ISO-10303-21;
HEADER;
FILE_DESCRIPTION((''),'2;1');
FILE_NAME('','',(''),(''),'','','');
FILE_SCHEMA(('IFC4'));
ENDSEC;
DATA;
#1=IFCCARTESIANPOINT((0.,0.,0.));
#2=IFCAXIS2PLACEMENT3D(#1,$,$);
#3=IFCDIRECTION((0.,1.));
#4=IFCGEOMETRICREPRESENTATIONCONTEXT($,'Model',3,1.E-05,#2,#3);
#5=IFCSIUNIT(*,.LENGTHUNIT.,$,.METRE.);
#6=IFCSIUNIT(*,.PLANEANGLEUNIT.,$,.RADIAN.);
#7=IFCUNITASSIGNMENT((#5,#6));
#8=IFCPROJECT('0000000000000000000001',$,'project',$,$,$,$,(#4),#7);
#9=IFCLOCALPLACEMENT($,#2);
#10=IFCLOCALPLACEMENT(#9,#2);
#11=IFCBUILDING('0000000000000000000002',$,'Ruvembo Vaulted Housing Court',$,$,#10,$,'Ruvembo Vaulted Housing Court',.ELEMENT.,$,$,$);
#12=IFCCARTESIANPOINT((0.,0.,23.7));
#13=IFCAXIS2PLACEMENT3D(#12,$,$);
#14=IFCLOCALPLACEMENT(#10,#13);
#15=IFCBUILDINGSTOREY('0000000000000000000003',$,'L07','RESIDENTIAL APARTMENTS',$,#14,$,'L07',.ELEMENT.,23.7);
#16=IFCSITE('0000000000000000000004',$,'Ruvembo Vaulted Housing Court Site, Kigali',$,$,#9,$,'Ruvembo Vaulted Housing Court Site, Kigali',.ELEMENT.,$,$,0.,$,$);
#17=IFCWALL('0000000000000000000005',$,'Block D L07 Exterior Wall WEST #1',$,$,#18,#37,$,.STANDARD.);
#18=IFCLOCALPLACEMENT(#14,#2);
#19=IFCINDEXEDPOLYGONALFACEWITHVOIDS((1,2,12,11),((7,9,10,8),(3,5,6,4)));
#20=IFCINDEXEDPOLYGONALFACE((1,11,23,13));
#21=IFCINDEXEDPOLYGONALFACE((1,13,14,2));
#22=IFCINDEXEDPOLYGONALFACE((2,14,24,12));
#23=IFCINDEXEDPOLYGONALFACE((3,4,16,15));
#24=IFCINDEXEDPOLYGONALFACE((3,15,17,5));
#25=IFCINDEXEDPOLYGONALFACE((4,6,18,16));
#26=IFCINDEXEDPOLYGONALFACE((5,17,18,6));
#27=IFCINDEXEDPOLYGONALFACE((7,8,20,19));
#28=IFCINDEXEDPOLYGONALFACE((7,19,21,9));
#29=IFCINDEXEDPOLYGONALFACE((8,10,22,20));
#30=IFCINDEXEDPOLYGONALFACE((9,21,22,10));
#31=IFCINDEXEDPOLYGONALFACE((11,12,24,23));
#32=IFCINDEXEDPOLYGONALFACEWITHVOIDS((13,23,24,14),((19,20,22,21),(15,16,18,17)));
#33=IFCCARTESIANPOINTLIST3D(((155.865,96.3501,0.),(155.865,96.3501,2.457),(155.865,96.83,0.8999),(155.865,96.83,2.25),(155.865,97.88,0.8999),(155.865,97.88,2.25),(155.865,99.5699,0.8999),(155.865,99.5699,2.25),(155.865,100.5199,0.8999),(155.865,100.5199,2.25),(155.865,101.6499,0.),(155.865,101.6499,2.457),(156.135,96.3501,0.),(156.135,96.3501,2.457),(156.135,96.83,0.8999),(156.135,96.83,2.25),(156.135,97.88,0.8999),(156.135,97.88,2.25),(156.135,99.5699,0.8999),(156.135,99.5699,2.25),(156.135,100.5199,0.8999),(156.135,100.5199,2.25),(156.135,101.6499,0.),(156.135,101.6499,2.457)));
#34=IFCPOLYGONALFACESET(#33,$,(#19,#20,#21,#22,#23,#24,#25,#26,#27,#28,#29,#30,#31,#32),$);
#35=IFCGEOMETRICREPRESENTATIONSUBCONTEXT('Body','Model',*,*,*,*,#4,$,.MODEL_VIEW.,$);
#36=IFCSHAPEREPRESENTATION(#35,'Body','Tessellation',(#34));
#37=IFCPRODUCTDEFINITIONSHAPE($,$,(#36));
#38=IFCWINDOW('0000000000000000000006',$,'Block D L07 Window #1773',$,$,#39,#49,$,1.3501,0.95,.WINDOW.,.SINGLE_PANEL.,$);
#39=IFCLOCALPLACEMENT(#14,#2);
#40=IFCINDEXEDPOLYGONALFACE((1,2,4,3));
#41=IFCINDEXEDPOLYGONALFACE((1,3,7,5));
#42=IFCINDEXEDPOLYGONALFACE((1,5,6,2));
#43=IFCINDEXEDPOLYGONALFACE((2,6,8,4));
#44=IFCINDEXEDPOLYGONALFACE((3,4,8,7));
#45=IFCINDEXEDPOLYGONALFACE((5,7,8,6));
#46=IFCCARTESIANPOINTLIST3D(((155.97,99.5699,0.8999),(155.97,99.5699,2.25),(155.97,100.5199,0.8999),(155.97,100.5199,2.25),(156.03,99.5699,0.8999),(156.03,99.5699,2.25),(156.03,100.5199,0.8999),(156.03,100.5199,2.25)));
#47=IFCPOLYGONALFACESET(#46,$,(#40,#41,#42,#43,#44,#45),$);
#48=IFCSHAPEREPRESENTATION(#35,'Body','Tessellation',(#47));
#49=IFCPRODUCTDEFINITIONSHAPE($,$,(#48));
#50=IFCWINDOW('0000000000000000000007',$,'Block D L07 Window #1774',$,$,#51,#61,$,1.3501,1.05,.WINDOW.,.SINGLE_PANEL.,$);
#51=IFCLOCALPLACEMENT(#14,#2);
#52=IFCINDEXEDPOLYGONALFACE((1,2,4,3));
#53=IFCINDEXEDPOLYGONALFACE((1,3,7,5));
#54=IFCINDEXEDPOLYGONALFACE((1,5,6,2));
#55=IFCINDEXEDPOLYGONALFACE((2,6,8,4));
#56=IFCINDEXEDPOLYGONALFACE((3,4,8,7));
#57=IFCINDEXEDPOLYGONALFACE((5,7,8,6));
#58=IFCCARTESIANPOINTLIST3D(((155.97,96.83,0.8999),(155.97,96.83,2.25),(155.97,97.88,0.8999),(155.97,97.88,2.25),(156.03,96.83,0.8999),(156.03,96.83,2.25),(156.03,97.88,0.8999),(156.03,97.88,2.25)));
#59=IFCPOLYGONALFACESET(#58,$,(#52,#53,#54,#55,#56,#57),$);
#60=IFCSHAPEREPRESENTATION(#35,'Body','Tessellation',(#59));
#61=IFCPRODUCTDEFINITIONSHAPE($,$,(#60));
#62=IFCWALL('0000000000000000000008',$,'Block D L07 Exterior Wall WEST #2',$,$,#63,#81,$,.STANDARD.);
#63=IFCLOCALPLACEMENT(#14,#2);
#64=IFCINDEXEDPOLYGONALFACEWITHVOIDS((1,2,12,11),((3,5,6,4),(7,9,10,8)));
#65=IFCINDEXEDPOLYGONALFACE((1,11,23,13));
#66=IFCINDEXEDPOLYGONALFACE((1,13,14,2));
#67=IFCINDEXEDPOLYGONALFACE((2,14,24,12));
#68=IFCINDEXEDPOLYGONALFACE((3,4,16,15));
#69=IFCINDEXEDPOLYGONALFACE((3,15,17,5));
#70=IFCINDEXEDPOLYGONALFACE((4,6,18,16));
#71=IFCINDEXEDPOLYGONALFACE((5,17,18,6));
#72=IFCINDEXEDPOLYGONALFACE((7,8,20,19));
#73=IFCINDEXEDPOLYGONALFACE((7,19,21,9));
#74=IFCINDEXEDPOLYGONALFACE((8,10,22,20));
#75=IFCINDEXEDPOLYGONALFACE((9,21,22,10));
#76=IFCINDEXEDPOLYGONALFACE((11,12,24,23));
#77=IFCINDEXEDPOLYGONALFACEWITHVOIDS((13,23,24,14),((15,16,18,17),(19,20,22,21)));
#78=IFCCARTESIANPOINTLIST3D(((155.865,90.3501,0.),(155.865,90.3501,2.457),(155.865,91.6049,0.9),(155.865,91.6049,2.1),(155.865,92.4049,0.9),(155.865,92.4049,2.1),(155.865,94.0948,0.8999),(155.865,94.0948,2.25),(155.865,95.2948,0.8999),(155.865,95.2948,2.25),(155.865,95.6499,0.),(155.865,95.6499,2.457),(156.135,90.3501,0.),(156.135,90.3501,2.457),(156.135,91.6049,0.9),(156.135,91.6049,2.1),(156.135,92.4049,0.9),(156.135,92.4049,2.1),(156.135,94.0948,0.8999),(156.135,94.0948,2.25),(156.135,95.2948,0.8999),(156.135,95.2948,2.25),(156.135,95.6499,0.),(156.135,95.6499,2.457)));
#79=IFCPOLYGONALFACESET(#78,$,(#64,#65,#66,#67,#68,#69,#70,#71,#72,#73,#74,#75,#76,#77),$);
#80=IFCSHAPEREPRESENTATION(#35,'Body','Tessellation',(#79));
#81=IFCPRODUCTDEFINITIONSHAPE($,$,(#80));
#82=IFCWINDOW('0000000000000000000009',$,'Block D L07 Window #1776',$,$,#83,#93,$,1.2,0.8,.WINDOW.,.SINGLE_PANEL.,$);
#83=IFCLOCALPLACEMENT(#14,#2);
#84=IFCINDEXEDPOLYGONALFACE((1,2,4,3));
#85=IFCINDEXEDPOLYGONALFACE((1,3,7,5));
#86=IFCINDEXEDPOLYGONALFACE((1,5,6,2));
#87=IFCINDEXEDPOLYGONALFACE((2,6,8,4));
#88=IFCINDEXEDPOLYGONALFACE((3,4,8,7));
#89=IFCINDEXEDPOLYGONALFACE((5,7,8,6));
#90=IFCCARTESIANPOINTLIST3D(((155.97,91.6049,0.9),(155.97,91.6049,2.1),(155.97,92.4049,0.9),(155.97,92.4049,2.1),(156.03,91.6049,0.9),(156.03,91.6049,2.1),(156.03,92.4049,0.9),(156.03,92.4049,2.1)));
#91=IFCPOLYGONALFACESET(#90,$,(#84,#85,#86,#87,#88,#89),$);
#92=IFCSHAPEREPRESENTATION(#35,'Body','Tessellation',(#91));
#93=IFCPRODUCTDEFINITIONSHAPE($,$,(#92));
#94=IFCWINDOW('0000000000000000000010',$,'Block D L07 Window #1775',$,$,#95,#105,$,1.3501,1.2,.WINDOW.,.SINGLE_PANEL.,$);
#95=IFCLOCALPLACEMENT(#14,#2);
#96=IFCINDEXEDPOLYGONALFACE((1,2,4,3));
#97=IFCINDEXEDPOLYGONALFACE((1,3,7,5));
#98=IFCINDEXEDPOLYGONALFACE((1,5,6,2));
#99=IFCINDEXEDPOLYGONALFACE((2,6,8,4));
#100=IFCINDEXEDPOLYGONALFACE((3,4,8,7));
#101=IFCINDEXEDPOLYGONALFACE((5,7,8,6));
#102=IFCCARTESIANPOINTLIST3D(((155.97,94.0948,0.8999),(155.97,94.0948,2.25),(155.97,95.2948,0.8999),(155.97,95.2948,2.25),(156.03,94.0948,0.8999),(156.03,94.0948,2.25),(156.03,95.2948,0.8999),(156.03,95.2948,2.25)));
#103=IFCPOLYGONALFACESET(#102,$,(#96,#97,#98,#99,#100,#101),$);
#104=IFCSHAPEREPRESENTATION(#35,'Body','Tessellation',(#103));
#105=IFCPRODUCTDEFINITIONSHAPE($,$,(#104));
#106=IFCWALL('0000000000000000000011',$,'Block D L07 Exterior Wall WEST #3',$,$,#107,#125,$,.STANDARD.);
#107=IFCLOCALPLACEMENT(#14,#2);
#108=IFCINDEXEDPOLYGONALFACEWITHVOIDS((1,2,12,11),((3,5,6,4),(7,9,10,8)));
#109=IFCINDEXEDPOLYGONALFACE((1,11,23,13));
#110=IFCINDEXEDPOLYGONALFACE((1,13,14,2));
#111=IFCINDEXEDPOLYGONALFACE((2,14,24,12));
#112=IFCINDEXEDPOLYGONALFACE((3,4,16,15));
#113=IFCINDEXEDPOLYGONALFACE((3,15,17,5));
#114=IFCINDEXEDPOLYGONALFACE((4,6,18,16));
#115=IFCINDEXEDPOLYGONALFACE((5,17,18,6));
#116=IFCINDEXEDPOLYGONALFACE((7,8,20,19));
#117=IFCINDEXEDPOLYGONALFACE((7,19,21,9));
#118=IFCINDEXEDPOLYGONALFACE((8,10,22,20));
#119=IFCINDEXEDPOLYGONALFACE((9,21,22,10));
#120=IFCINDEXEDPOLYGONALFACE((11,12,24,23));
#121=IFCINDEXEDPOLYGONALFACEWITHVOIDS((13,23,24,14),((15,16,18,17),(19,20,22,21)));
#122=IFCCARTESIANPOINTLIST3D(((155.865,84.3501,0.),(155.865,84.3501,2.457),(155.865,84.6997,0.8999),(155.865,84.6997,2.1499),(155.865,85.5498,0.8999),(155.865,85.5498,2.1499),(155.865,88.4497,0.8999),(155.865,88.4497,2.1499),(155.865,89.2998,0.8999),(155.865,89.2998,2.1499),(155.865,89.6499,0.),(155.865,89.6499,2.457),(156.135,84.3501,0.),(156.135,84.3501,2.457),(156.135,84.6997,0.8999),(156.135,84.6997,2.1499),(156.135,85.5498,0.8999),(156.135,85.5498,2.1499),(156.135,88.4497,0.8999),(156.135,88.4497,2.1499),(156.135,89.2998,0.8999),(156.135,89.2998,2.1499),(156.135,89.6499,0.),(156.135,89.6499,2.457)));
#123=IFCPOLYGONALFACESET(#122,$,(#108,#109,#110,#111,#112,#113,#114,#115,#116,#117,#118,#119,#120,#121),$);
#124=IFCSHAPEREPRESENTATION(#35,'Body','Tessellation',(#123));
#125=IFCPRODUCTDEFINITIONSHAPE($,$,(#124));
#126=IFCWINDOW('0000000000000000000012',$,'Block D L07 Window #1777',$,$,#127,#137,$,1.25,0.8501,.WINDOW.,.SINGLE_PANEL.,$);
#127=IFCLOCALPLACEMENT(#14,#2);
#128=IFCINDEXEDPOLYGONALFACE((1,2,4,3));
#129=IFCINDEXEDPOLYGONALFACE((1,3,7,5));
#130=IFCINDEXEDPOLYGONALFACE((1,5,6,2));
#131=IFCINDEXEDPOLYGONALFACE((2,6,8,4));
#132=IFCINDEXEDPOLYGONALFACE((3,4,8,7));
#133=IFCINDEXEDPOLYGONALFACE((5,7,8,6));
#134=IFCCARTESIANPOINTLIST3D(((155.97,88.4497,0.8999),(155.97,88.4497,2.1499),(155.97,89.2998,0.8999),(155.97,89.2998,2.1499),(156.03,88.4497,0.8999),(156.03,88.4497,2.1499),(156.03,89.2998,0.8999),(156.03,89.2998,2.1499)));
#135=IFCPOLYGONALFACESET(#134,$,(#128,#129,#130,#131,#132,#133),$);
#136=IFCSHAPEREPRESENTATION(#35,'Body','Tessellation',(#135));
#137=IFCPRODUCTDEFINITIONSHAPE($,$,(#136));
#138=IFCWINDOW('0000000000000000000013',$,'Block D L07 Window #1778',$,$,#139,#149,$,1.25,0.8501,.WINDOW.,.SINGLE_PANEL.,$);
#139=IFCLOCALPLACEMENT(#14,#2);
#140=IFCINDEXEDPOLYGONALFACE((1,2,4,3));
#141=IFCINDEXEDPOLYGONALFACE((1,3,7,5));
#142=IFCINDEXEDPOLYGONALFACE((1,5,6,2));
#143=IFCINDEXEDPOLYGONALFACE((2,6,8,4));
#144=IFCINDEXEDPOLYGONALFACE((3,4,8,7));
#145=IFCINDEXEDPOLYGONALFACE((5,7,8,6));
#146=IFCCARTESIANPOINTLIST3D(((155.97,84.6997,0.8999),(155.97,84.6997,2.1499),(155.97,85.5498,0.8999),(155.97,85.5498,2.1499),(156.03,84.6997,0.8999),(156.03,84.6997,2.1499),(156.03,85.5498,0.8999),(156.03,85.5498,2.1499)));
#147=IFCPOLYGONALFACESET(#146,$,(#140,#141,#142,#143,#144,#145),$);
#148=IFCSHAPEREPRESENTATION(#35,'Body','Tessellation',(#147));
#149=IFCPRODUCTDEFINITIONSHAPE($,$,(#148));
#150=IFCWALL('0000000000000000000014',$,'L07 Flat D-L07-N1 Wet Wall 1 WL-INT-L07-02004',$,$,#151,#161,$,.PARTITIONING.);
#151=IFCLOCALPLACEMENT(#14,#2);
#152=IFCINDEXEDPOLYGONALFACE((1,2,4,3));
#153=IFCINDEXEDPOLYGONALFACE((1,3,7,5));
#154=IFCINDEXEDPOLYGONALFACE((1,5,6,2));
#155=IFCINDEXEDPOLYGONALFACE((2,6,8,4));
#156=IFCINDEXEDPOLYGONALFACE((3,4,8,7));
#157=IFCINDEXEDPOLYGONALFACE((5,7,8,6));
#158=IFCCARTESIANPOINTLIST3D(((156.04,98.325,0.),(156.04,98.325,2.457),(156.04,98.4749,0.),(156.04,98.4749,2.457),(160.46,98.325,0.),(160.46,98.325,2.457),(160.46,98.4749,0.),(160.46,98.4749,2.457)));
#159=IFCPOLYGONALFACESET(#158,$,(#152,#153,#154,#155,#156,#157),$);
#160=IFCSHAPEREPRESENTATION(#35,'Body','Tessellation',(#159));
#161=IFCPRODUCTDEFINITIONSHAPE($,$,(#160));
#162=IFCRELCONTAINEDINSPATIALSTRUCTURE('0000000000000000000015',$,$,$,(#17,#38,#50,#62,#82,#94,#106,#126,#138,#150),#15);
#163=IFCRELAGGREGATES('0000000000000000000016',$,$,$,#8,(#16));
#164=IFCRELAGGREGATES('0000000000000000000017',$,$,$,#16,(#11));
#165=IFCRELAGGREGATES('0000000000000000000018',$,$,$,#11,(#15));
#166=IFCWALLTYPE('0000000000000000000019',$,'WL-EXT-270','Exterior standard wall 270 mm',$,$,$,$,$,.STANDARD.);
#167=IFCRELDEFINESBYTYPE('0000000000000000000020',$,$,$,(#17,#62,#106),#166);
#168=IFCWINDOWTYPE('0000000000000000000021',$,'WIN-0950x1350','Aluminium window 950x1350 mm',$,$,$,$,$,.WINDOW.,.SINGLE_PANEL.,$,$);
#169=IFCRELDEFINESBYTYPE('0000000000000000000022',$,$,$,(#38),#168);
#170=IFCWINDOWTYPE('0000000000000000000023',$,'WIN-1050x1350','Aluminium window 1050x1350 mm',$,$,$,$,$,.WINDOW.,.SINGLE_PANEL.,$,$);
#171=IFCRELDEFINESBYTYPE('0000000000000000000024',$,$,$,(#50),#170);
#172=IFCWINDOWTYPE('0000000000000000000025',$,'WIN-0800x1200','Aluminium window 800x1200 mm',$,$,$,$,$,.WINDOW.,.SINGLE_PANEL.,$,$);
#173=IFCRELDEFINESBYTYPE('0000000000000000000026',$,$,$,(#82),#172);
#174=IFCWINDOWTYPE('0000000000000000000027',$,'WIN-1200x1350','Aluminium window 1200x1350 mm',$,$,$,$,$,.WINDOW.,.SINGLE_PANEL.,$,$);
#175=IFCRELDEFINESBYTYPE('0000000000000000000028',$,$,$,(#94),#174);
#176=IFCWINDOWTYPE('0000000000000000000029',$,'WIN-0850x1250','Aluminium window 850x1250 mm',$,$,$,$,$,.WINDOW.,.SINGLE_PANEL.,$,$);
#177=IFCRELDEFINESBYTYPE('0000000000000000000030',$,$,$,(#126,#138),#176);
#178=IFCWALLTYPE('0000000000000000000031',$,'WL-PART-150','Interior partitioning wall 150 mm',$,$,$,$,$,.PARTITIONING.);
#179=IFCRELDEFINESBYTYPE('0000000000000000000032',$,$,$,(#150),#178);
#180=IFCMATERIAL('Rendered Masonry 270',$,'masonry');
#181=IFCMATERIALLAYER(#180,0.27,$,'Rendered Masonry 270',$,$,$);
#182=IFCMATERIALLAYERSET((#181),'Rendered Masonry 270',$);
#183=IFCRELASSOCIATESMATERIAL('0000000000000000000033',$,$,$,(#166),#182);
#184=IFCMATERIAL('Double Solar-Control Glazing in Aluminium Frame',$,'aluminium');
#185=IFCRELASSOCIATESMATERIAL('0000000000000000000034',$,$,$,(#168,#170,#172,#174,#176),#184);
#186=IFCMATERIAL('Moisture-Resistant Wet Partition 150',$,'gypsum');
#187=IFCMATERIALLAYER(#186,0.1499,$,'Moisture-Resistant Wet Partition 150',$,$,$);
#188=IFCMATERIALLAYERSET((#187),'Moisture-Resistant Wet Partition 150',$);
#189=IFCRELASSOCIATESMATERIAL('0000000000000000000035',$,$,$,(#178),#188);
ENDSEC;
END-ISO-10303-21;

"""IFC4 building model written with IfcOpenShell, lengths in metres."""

from ifc_helpers import new_model, si_unit, direction, frame, frame_2d, origin, place, context, subcontext, project, spatial, rectangle, extrude, material, layer, layer_set, type_object, element, fill, save


model = new_model("IFC4")

# Units and contexts
model_context = context("Model", 3, precision=1e-05, world=origin(), true_north=direction((0.0, 1.0)))
body_context = subcontext(model_context, "Body", "Model", "MODEL_VIEW")
ifc_project = project(units=[si_unit("LENGTHUNIT", "METRE"), si_unit("PLANEANGLEUNIT", "RADIAN")], contexts=[model_context])

# Site, building, storey
site_placement = place(None, origin())
site = spatial("IfcSite", under=ifc_project, at=site_placement, Name="Ruvembo Vaulted Housing Court Site, Kigali", LongName="Ruvembo Vaulted Housing Court Site, Kigali", CompositionType="ELEMENT", RefElevation=0.0)
building_placement = place(site_placement, origin())
building = spatial("IfcBuilding", under=site, at=building_placement, Name="Ruvembo Vaulted Housing Court", LongName="Ruvembo Vaulted Housing Court", CompositionType="ELEMENT")
storey_placement = place(building_placement, frame((0.0, 0.0, 23.7)))
storey = spatial("IfcBuildingStorey", under=building, at=storey_placement, Name="L07", Description="RESIDENTIAL APARTMENTS", LongName="L07", CompositionType="ELEMENT", Elevation=23.7)

# Walls, openings, windows
ifc_material_1 = material(Name="Rendered Masonry 270", Category="masonry")
ifc_layer_1 = layer(ifc_material_1, 0.27, Name="Rendered Masonry 270")
ifc_layer_set_1 = layer_set([ifc_layer_1], Name="Rendered Masonry 270")
wall_type_1 = type_object("IfcWallType", Name="WL-EXT-270", Description="Exterior standard wall 270 mm", PredefinedType="STANDARD", material=ifc_layer_set_1)
wall_1_placement = place(storey_placement, frame((156.0, 101.6499, 0.0), z_axis=(0.0, 0.0, 1.0), x_axis=(0.0, -1.0, 0.0)))
wall_1 = element("IfcWall", 1, at=wall_1_placement, inside=storey, type_object=wall_type_1, Name="Block D L07 Exterior Wall WEST #1", PredefinedType="STANDARD", context=body_context, shape_type="SweptSolid", body=[
    extrude(rectangle(XDim=5.2998, YDim=0.27, at=frame_2d((2.6499, 0.0))), origin(), (0.0, 0.0, 1.0), 2.457),
])
opening_1_placement = place(wall_1_placement, frame((1.1299, 0.0, 0.8999)))
opening_1 = element("IfcOpeningElement", 2, at=opening_1_placement, cuts=wall_1, PredefinedType="OPENING", context=body_context, shape_type="SweptSolid", body=[
    extrude(rectangle(XDim=0.95, YDim=1.3501, at=frame_2d((0.4751, 0.675))), frame((0.0, 0.145, 0.0), z_axis=(0.0, -1.0, 0.0), x_axis=(1.0, 0.0, 0.0)), (0.0, 0.0, 1.0), 0.29),
])
opening_2_placement = place(wall_1_placement, frame((3.77, 0.0, 0.8999)))
opening_2 = element("IfcOpeningElement", 3, at=opening_2_placement, cuts=wall_1, PredefinedType="OPENING", context=body_context, shape_type="SweptSolid", body=[
    extrude(rectangle(XDim=1.05, YDim=1.3501, at=frame_2d((0.5249, 0.675))), frame((0.0, 0.145, 0.0), z_axis=(0.0, -1.0, 0.0), x_axis=(1.0, 0.0, 0.0)), (0.0, 0.0, 1.0), 0.29),
])
ifc_material_2 = material(Name="Double Solar-Control Glazing in Aluminium Frame", Category="aluminium")
window_type_1 = type_object("IfcWindowType", Name="WIN-0950x1350", Description="Aluminium window 950x1350 mm", PartitioningType="SINGLE_PANEL", PredefinedType="WINDOW", material=ifc_material_2)
window_1_placement = place(opening_1_placement, origin())
window_1 = element("IfcWindow", 4, at=window_1_placement, inside=storey, type_object=window_type_1, Name="Block D L07 Window #1773", OverallHeight=1.3501, OverallWidth=0.95, PartitioningType="SINGLE_PANEL", PredefinedType="WINDOW", context=body_context, shape_type="SweptSolid", body=[
    extrude(rectangle(XDim=0.95, YDim=1.3501, at=frame_2d((0.4751, 0.675))), frame((0.0, 0.03, 0.0), z_axis=(0.0, -1.0, 0.0), x_axis=(1.0, 0.0, 0.0)), (0.0, 0.0, 1.0), 0.0601),
])
fill(opening_1, window_1)
window_type_2 = type_object("IfcWindowType", Name="WIN-1050x1350", Description="Aluminium window 1050x1350 mm", PartitioningType="SINGLE_PANEL", PredefinedType="WINDOW", material=ifc_material_2)
window_2_placement = place(opening_2_placement, origin())
window_2 = element("IfcWindow", 5, at=window_2_placement, inside=storey, type_object=window_type_2, Name="Block D L07 Window #1774", OverallHeight=1.3501, OverallWidth=1.05, PartitioningType="SINGLE_PANEL", PredefinedType="WINDOW", context=body_context, shape_type="SweptSolid", body=[
    extrude(rectangle(XDim=1.05, YDim=1.3501, at=frame_2d((0.5249, 0.675))), frame((0.0, 0.03, 0.0), z_axis=(0.0, -1.0, 0.0), x_axis=(1.0, 0.0, 0.0)), (0.0, 0.0, 1.0), 0.0601),
])
fill(opening_2, window_2)
wall_2_placement = place(storey_placement, frame((156.0, 95.6499, 0.0), z_axis=(0.0, 0.0, 1.0), x_axis=(0.0, -1.0, 0.0)))
wall_2 = element("IfcWall", 6, at=wall_2_placement, inside=storey, type_object=wall_type_1, Name="Block D L07 Exterior Wall WEST #2", PredefinedType="STANDARD", context=body_context, shape_type="SweptSolid", body=[
    extrude(rectangle(XDim=5.2998, YDim=0.27, at=frame_2d((2.6499, 0.0))), origin(), (0.0, 0.0, 1.0), 2.457),
])
opening_3_placement = place(wall_2_placement, frame((0.355, 0.0, 0.8999)))
opening_3 = element("IfcOpeningElement", 7, at=opening_3_placement, cuts=wall_2, PredefinedType="OPENING", context=body_context, shape_type="SweptSolid", body=[
    extrude(rectangle(XDim=1.2, YDim=1.3501, at=frame_2d((0.6001, 0.675))), frame((0.0, 0.145, 0.0), z_axis=(0.0, -1.0, 0.0), x_axis=(1.0, 0.0, 0.0)), (0.0, 0.0, 1.0), 0.29),
])
opening_4_placement = place(wall_2_placement, frame((3.2451, 0.0, 0.8999)))
opening_4 = element("IfcOpeningElement", 8, at=opening_4_placement, cuts=wall_2, PredefinedType="OPENING", context=body_context, shape_type="SweptSolid", body=[
    extrude(rectangle(XDim=0.8, YDim=1.2, at=frame_2d((0.3999, 0.6001))), frame((0.0, 0.145, 0.0), z_axis=(0.0, -1.0, 0.0), x_axis=(1.0, 0.0, 0.0)), (0.0, 0.0, 1.0), 0.29),
])
window_type_3 = type_object("IfcWindowType", Name="WIN-0800x1200", Description="Aluminium window 800x1200 mm", PartitioningType="SINGLE_PANEL", PredefinedType="WINDOW", material=ifc_material_2)
window_3_placement = place(opening_4_placement, origin())
window_3 = element("IfcWindow", 9, at=window_3_placement, inside=storey, type_object=window_type_3, Name="Block D L07 Window #1776", OverallHeight=1.2, OverallWidth=0.8, PartitioningType="SINGLE_PANEL", PredefinedType="WINDOW", context=body_context, shape_type="SweptSolid", body=[
    extrude(rectangle(XDim=0.8, YDim=1.2, at=frame_2d((0.3999, 0.6001))), frame((0.0, 0.03, 0.0), z_axis=(0.0, -1.0, 0.0), x_axis=(1.0, 0.0, 0.0)), (0.0, 0.0, 1.0), 0.0601),
])
fill(opening_4, window_3)
window_type_4 = type_object("IfcWindowType", Name="WIN-1200x1350", Description="Aluminium window 1200x1350 mm", PartitioningType="SINGLE_PANEL", PredefinedType="WINDOW", material=ifc_material_2)
window_4_placement = place(opening_3_placement, origin())
window_4 = element("IfcWindow", 10, at=window_4_placement, inside=storey, type_object=window_type_4, Name="Block D L07 Window #1775", OverallHeight=1.3501, OverallWidth=1.2, PartitioningType="SINGLE_PANEL", PredefinedType="WINDOW", context=body_context, shape_type="SweptSolid", body=[
    extrude(rectangle(XDim=1.2, YDim=1.3501, at=frame_2d((0.6001, 0.675))), frame((0.0, 0.03, 0.0), z_axis=(0.0, -1.0, 0.0), x_axis=(1.0, 0.0, 0.0)), (0.0, 0.0, 1.0), 0.0601),
])
fill(opening_3, window_4)
wall_3_placement = place(storey_placement, frame((156.0, 89.6499, 0.0), z_axis=(0.0, 0.0, 1.0), x_axis=(0.0, -1.0, 0.0)))
wall_3 = element("IfcWall", 11, at=wall_3_placement, inside=storey, type_object=wall_type_1, Name="Block D L07 Exterior Wall WEST #3", PredefinedType="STANDARD", context=body_context, shape_type="SweptSolid", body=[
    extrude(rectangle(XDim=5.2998, YDim=0.27, at=frame_2d((2.6499, 0.0))), origin(), (0.0, 0.0, 1.0), 2.457),
])
opening_5_placement = place(wall_3_placement, frame((0.3501, 0.0, 0.8999)))
opening_5 = element("IfcOpeningElement", 12, at=opening_5_placement, cuts=wall_3, PredefinedType="OPENING", context=body_context, shape_type="SweptSolid", body=[
    extrude(rectangle(XDim=0.8501, YDim=1.25, at=frame_2d((0.425, 0.625))), frame((0.0, 0.145, 0.0), z_axis=(0.0, -1.0, 0.0), x_axis=(1.0, 0.0, 0.0)), (0.0, 0.0, 1.0), 0.29),
])
opening_6_placement = place(wall_3_placement, frame((4.1001, 0.0, 0.8999)))
opening_6 = element("IfcOpeningElement", 13, at=opening_6_placement, cuts=wall_3, PredefinedType="OPENING", context=body_context, shape_type="SweptSolid", body=[
    extrude(rectangle(XDim=0.8501, YDim=1.25, at=frame_2d((0.425, 0.625))), frame((0.0, 0.145, 0.0), z_axis=(0.0, -1.0, 0.0), x_axis=(1.0, 0.0, 0.0)), (0.0, 0.0, 1.0), 0.29),
])
window_type_5 = type_object("IfcWindowType", Name="WIN-0850x1250", Description="Aluminium window 850x1250 mm", PartitioningType="SINGLE_PANEL", PredefinedType="WINDOW", material=ifc_material_2)
window_5_placement = place(opening_5_placement, origin())
window_5 = element("IfcWindow", 14, at=window_5_placement, inside=storey, type_object=window_type_5, Name="Block D L07 Window #1777", OverallHeight=1.25, OverallWidth=0.8501, PartitioningType="SINGLE_PANEL", PredefinedType="WINDOW", context=body_context, shape_type="SweptSolid", body=[
    extrude(rectangle(XDim=0.8501, YDim=1.25, at=frame_2d((0.425, 0.625))), frame((0.0, 0.03, 0.0), z_axis=(0.0, -1.0, 0.0), x_axis=(1.0, 0.0, 0.0)), (0.0, 0.0, 1.0), 0.0601),
])
fill(opening_5, window_5)
window_6_placement = place(opening_6_placement, origin())
window_6 = element("IfcWindow", 15, at=window_6_placement, inside=storey, type_object=window_type_5, Name="Block D L07 Window #1778", OverallHeight=1.25, OverallWidth=0.8501, PartitioningType="SINGLE_PANEL", PredefinedType="WINDOW", context=body_context, shape_type="SweptSolid", body=[
    extrude(rectangle(XDim=0.8501, YDim=1.25, at=frame_2d((0.425, 0.625))), frame((0.0, 0.03, 0.0), z_axis=(0.0, -1.0, 0.0), x_axis=(1.0, 0.0, 0.0)), (0.0, 0.0, 1.0), 0.0601),
])
fill(opening_6, window_6)

# Wall
ifc_material_3 = material(Name="Moisture-Resistant Wet Partition 150", Category="gypsum")
ifc_layer_2 = layer(ifc_material_3, 0.1499, Name="Moisture-Resistant Wet Partition 150")
ifc_layer_set_2 = layer_set([ifc_layer_2], Name="Moisture-Resistant Wet Partition 150")
wall_type_2 = type_object("IfcWallType", Name="WL-PART-150", Description="Interior partitioning wall 150 mm", PredefinedType="PARTITIONING", material=ifc_layer_set_2)
wall_4_placement = place(storey_placement, frame((156.04, 98.3999, 0.0), z_axis=(0.0, 0.0, 1.0), x_axis=(1.0, 0.0, 0.0)))
element("IfcWall", 16, at=wall_4_placement, inside=storey, type_object=wall_type_2, Name="L07 Flat D-L07-N1 Wet Wall 1 WL-INT-L07-02004", PredefinedType="PARTITIONING", context=body_context, shape_type="SweptSolid", body=[
    extrude(rectangle(XDim=4.4199, YDim=0.1499, at=frame_2d((2.21, 0.0))), origin(), (0.0, 0.0, 1.0), 2.457),
])

save(model, "model.ifc")
